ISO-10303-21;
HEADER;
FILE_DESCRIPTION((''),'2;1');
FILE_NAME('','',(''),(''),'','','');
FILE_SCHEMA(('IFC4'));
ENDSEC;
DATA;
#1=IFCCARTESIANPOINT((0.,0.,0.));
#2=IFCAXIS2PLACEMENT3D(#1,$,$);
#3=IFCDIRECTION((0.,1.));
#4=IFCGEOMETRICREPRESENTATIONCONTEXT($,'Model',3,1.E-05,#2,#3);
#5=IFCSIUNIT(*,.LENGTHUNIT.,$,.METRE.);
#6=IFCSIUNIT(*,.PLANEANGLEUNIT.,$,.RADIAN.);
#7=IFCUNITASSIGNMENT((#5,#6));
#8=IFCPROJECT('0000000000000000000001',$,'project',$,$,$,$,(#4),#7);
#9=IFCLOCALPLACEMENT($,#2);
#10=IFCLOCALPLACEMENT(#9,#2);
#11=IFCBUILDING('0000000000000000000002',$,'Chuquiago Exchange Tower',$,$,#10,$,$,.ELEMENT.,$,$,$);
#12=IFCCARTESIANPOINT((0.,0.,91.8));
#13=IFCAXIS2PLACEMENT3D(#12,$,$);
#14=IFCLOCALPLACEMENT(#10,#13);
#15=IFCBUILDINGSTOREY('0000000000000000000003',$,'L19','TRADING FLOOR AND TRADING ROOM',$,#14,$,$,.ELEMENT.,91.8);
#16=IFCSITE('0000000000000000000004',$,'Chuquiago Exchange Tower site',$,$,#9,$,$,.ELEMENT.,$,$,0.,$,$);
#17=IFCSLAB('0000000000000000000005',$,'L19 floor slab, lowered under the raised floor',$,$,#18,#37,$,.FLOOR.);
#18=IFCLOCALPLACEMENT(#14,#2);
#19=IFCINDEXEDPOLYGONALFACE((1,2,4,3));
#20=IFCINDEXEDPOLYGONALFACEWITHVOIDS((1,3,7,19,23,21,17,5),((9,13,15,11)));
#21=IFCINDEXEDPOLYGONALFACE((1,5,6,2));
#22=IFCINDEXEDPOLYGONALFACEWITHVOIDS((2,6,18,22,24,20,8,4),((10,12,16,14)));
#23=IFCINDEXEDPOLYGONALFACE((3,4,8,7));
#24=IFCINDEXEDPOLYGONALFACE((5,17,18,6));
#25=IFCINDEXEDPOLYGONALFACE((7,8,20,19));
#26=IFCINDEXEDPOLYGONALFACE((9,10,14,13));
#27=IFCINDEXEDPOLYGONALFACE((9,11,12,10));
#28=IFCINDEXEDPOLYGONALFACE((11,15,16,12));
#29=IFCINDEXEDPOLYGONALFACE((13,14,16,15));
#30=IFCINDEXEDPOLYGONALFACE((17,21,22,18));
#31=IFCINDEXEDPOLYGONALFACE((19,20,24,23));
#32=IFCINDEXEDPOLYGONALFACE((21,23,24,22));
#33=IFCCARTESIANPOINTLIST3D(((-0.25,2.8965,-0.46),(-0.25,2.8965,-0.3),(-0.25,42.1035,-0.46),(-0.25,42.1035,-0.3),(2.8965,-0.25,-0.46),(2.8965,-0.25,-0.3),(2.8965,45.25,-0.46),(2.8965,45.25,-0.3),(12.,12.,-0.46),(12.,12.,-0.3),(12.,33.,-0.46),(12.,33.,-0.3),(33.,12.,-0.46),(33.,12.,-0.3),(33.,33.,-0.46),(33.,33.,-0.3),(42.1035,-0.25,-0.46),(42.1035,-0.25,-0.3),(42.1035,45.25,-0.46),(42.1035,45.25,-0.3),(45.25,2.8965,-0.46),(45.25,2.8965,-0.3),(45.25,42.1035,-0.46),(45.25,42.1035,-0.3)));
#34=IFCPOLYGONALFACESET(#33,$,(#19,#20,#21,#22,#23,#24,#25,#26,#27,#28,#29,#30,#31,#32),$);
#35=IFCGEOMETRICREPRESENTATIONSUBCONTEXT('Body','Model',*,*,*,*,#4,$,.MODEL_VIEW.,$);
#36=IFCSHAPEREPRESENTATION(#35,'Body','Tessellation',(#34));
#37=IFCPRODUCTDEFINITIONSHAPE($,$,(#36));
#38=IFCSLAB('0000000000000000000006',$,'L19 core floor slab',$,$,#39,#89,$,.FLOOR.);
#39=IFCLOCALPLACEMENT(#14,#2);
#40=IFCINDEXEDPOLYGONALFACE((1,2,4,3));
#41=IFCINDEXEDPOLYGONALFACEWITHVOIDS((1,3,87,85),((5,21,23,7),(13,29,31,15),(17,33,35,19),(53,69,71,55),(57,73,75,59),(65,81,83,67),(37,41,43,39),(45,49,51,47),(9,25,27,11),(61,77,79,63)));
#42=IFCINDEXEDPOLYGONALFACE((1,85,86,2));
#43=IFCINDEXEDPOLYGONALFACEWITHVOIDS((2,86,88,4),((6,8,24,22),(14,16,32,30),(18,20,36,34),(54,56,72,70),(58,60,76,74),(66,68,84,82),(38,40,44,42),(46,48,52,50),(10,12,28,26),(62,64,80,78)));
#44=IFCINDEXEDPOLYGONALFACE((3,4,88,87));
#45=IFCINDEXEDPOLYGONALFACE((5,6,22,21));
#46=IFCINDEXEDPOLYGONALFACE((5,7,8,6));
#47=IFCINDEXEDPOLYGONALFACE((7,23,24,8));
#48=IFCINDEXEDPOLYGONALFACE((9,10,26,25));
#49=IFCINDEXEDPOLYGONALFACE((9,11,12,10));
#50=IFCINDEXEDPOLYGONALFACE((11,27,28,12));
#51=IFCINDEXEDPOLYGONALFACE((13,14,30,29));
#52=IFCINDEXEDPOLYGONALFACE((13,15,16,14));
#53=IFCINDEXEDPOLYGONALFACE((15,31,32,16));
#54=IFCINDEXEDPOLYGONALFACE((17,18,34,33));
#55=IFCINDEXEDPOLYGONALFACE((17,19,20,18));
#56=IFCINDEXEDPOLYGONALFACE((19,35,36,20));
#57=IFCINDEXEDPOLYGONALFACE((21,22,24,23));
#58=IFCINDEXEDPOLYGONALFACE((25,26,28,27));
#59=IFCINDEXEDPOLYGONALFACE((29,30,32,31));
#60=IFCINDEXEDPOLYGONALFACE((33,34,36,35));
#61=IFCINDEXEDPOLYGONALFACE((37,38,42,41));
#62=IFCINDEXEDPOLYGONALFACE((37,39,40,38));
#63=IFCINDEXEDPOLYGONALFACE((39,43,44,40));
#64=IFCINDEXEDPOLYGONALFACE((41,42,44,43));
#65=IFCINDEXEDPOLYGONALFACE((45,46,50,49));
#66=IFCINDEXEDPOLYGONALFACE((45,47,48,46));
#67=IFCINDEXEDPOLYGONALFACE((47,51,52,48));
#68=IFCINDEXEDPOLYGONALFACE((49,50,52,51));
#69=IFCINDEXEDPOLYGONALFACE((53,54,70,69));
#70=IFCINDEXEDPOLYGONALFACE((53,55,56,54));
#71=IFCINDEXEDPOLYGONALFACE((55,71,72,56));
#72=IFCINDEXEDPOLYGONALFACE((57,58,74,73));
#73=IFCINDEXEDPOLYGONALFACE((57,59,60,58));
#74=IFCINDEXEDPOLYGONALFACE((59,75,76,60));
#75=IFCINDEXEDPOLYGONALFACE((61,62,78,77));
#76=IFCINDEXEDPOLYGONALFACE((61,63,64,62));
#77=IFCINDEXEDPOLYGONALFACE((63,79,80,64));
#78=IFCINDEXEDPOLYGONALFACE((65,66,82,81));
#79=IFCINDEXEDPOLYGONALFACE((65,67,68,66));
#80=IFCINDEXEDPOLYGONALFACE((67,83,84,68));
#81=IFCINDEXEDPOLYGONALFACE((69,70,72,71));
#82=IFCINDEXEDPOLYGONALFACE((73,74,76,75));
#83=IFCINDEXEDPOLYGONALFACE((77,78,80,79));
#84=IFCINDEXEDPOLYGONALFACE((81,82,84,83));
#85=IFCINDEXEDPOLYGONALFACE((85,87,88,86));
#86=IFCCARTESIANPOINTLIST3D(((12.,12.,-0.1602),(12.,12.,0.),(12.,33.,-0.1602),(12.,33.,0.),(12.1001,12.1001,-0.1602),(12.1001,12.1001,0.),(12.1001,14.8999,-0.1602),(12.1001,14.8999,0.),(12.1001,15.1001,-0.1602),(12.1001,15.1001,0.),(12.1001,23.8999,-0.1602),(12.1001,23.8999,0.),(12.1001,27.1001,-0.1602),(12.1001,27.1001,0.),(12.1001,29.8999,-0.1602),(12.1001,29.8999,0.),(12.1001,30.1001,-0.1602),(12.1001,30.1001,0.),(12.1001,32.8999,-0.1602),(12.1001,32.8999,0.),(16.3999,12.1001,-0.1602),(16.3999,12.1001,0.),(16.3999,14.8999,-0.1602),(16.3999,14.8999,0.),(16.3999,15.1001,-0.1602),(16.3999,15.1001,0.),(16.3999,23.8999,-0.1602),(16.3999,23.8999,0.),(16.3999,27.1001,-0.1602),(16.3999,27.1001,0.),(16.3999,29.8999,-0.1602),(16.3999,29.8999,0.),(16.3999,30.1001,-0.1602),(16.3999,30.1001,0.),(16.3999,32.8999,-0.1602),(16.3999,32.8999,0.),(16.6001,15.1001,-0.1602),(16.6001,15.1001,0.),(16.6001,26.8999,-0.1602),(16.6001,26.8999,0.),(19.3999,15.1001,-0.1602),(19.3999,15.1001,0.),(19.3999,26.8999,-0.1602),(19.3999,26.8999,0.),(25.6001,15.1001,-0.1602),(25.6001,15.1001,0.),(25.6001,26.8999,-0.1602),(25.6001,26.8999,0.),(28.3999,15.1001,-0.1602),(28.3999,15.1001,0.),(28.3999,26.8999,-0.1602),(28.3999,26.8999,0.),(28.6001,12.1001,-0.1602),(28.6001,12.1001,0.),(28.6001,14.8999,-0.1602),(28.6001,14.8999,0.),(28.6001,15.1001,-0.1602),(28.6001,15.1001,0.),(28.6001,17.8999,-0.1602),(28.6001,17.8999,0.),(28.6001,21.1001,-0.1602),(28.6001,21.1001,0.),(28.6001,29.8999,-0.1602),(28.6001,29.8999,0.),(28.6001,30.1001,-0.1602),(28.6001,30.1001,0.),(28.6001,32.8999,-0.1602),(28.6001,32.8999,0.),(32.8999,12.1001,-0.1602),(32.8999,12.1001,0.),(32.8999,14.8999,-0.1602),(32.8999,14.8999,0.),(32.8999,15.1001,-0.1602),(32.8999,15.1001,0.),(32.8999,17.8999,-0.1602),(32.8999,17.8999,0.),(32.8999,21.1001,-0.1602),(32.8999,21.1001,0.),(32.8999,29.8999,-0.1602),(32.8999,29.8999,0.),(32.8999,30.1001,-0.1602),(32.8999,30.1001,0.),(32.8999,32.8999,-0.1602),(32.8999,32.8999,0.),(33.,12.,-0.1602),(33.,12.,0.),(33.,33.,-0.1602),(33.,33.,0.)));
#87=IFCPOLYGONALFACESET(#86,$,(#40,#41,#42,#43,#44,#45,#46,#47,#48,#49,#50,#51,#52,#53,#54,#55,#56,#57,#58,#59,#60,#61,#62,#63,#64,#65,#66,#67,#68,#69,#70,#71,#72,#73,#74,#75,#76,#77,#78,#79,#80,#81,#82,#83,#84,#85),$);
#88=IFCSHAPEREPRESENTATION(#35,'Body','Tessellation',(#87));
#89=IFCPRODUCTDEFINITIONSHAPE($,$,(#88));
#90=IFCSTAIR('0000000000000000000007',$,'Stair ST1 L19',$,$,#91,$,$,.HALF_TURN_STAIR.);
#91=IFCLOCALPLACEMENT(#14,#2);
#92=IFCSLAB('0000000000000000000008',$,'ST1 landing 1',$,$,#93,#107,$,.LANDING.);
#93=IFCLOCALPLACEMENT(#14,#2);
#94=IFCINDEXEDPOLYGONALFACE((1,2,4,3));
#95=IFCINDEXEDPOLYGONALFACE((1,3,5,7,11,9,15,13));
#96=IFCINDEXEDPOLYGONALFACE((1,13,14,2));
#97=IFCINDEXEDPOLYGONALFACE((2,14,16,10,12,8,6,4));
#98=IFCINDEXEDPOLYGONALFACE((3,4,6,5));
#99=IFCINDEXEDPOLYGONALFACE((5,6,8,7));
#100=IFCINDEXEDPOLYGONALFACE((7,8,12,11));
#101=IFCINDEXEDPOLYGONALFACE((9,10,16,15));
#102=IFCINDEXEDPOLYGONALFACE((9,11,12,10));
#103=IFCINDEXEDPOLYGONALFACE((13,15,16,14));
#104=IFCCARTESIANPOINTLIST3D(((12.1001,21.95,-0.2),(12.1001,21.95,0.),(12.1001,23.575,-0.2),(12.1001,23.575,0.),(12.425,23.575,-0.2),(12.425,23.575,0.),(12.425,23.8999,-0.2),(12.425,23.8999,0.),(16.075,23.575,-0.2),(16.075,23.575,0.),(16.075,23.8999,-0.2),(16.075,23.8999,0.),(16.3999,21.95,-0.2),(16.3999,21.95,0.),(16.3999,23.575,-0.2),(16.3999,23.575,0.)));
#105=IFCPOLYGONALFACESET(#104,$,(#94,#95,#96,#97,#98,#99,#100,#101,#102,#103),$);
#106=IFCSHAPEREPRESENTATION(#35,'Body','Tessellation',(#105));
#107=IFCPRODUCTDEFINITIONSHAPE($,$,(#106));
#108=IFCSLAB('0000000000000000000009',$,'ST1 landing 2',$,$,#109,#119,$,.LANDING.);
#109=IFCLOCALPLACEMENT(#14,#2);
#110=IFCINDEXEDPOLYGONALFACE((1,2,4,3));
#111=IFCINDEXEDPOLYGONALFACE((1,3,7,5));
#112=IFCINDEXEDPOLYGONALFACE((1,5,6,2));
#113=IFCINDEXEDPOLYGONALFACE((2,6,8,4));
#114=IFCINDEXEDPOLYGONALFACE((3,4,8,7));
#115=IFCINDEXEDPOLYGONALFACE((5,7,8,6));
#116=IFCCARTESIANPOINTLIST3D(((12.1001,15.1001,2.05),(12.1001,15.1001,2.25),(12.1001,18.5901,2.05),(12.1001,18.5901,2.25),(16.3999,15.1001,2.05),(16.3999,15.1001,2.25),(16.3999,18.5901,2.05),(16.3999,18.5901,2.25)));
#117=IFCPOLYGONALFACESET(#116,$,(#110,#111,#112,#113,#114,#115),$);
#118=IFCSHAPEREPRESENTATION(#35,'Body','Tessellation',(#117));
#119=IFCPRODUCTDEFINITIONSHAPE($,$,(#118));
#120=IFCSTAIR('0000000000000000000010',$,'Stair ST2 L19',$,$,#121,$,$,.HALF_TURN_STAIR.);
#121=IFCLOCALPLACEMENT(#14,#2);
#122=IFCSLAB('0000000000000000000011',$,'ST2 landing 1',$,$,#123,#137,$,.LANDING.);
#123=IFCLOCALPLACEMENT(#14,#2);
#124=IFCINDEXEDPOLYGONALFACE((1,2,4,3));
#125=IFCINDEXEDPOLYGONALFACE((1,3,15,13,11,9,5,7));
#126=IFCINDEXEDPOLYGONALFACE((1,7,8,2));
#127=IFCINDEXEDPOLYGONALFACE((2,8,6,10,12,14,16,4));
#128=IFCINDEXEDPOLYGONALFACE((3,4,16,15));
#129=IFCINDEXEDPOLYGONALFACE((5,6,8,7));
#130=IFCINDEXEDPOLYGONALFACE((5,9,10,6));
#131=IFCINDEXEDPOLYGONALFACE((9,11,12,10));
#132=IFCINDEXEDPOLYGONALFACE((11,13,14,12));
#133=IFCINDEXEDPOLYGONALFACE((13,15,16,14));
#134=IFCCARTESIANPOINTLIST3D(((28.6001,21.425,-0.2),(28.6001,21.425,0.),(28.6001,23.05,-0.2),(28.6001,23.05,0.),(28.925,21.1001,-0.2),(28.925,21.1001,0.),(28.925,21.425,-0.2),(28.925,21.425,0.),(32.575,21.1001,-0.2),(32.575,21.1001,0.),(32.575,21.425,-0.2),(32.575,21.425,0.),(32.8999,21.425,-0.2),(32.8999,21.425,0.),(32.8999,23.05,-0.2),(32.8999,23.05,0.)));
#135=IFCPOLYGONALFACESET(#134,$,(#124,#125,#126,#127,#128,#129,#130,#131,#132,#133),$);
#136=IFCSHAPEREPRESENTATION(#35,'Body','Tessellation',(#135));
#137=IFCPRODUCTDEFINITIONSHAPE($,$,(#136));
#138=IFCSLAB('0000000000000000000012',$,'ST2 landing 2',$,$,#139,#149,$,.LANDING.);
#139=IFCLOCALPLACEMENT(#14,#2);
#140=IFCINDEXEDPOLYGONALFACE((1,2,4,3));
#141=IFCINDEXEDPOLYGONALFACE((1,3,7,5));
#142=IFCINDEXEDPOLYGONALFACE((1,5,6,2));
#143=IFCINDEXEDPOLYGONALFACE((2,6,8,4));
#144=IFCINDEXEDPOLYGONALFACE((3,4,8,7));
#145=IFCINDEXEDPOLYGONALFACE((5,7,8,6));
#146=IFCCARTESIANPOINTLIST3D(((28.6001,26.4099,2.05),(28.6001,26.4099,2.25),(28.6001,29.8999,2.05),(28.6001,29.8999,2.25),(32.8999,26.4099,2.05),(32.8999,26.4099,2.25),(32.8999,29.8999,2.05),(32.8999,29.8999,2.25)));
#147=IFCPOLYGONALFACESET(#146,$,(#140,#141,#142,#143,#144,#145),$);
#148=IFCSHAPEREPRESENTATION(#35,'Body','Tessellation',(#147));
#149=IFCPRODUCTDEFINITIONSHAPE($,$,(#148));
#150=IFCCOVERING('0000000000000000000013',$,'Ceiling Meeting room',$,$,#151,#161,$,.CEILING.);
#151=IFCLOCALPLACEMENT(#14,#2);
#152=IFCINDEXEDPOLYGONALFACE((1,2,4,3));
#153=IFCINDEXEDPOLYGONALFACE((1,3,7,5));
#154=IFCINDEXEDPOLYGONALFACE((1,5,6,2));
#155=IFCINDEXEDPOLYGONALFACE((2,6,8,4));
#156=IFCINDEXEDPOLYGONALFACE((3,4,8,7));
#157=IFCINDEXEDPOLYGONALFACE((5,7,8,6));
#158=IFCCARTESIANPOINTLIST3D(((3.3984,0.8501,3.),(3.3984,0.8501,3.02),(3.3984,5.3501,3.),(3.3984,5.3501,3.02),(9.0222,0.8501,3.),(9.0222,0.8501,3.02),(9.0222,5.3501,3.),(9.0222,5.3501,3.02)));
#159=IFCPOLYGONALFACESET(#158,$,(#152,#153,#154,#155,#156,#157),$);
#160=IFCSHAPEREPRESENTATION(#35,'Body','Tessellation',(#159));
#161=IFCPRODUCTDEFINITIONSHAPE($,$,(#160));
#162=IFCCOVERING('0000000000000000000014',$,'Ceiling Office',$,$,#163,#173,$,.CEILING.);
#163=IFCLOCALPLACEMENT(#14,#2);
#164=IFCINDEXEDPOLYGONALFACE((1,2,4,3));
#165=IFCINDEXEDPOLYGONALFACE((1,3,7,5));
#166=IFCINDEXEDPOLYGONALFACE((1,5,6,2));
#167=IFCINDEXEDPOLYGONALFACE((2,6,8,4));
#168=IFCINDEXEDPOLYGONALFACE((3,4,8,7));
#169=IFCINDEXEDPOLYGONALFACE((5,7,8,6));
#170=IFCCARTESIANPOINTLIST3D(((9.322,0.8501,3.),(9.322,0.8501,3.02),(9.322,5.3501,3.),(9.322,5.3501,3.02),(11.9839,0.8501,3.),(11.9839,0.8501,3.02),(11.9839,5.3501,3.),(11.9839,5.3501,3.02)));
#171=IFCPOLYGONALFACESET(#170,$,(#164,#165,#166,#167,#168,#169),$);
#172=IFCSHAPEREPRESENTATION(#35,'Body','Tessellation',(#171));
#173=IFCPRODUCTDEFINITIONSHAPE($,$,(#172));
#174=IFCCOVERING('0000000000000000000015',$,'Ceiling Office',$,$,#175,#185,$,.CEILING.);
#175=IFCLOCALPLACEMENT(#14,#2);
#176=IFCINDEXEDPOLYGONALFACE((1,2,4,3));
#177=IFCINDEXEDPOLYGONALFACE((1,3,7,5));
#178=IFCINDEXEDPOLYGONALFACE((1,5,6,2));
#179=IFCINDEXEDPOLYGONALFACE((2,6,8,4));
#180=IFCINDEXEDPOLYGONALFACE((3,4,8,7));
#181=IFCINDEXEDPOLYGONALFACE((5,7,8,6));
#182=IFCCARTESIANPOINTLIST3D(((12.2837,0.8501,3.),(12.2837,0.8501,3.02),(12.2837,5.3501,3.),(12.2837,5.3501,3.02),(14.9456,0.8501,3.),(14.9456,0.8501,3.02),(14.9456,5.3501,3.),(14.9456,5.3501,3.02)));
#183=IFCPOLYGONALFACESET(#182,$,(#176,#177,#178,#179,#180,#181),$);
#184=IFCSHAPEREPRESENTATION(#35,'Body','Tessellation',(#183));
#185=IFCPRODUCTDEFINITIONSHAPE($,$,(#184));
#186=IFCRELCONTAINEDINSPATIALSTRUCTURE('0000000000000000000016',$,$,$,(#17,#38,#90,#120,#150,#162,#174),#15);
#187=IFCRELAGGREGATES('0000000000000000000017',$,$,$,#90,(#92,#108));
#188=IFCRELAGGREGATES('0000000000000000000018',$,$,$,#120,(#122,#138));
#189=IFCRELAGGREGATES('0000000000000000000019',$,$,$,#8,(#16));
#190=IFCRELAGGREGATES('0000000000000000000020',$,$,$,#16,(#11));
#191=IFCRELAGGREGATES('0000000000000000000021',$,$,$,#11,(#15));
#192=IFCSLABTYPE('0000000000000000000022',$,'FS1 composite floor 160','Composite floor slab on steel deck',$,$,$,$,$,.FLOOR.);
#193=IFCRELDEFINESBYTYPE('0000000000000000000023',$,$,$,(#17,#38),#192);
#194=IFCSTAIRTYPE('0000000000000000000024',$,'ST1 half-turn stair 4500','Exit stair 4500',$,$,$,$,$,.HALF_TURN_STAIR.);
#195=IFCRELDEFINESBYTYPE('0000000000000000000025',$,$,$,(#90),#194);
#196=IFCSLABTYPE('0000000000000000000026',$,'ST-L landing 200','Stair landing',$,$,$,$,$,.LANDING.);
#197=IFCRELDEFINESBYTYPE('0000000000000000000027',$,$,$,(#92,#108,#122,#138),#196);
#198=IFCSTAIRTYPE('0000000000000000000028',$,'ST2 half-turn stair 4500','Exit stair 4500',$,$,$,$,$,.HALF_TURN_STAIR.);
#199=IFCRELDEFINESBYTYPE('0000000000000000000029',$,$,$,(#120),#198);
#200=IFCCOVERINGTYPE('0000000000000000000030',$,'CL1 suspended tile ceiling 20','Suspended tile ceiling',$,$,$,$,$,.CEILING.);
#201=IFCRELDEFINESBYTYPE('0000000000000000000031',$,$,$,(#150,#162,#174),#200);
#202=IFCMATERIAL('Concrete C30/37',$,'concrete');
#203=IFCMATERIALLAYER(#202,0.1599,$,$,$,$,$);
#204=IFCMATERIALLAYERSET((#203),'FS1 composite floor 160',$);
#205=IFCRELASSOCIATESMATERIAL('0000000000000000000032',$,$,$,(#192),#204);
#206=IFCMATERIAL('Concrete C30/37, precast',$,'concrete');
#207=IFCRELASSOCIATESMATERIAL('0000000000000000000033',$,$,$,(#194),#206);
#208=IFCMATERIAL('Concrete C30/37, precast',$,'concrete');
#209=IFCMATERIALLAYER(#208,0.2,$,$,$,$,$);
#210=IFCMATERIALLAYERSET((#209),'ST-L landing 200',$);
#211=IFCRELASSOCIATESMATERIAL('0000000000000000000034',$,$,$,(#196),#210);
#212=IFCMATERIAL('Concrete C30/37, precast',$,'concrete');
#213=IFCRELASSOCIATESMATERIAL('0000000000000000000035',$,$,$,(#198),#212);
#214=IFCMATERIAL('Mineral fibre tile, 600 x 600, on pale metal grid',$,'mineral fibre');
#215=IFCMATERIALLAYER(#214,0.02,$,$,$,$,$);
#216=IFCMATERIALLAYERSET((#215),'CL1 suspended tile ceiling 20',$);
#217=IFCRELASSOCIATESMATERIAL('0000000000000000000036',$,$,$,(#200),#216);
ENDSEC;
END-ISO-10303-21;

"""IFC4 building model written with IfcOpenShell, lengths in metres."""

from ifc_helpers import new_model, si_unit, direction, frame, origin, place, context, subcontext, project, spatial, polyline, outline, extrude, material, layer, layer_set, type_object, element, aggregate, save


model = new_model("IFC4")

# Units and contexts
model_context = context("Model", 3, precision=1e-05, world=origin(), true_north=direction((0.0, 1.0)))
body_context = subcontext(model_context, "Body", "Model", "MODEL_VIEW")
ifc_project = project(units=[si_unit("LENGTHUNIT", "METRE"), si_unit("PLANEANGLEUNIT", "RADIAN")], contexts=[model_context])

# Site, building, storey
site_placement = place(None, origin())
site = spatial("IfcSite", under=ifc_project, at=site_placement, Name="Chuquiago Exchange Tower site", CompositionType="ELEMENT", RefElevation=0.0)
building_placement = place(site_placement, origin())
building = spatial("IfcBuilding", under=site, at=building_placement, Name="Chuquiago Exchange Tower", CompositionType="ELEMENT")
storey_placement = place(building_placement, frame((0.0, 0.0, 91.8)))
storey = spatial("IfcBuildingStorey", under=building, at=storey_placement, Name="L19", Description="TRADING FLOOR AND TRADING ROOM", CompositionType="ELEMENT", Elevation=91.8)

# Slabs
ifc_material_1 = material(Name="Concrete C30/37", Category="concrete")
ifc_layer_1 = layer(ifc_material_1, 0.1599)
ifc_layer_set_1 = layer_set([ifc_layer_1], Name="FS1 composite floor 160")
slab_type_1 = type_object("IfcSlabType", Name="FS1 composite floor 160", Description="Composite floor slab on steel deck", PredefinedType="FLOOR", material=ifc_layer_set_1)
slab_1_placement = place(storey_placement, frame((0.0, 0.0, -0.46)))
element("IfcSlab", 1, at=slab_1_placement, inside=storey, type_object=slab_type_1, Name="L19 floor slab, lowered under the raised floor", PredefinedType="FLOOR", context=body_context, shape_type="SweptSolid", body=[
    extrude(outline(polyline([(-0.25, 2.8965), (-0.25, 42.1035), (2.8965, 45.25), (42.1035, 45.25), (45.25, 42.1035), (45.25, 2.8965), (42.1035, -0.25), (2.8965, -0.25), (-0.25, 2.8965)]), holes=[polyline([(33.0, 33.0), (12.0, 33.0), (12.0, 12.0), (33.0, 12.0), (33.0, 33.0)])]), origin(), (0.0, 0.0, 1.0), 0.1599),
])
slab_2_placement = place(storey_placement, frame((0.0, 0.0, -0.1602)))
element("IfcSlab", 2, at=slab_2_placement, inside=storey, type_object=slab_type_1, Name="L19 core floor slab", PredefinedType="FLOOR", context=body_context, shape_type="SweptSolid", body=[
    extrude(outline(polyline([(33.0, 12.0), (33.0, 33.0), (12.0, 33.0), (12.0, 12.0), (33.0, 12.0)]), holes=[polyline([(16.3999, 15.1001), (12.1001, 15.1001), (12.1001, 23.8999), (16.3999, 23.8999), (16.3999, 15.1001)]), polyline([(32.8999, 21.1001), (28.6001, 21.1001), (28.6001, 29.8999), (32.8999, 29.8999), (32.8999, 21.1001)]), polyline([(16.3999, 12.1001), (12.1001, 12.1001), (12.1001, 14.8999), (16.3999, 14.8999), (16.3999, 12.1001)]), polyline([(16.3999, 30.1001), (12.1001, 30.1001), (12.1001, 32.8999), (16.3999, 32.8999), (16.3999, 30.1001)]), polyline([(32.8999, 12.1001), (28.6001, 12.1001), (28.6001, 14.8999), (32.8999, 14.8999), (32.8999, 12.1001)]), polyline([(32.8999, 30.1001), (28.6001, 30.1001), (28.6001, 32.8999), (32.8999, 32.8999), (32.8999, 30.1001)]), polyline([(16.3999, 27.1001), (12.1001, 27.1001), (12.1001, 29.8999), (16.3999, 29.8999), (16.3999, 27.1001)]), polyline([(32.8999, 15.1001), (28.6001, 15.1001), (28.6001, 17.8999), (32.8999, 17.8999), (32.8999, 15.1001)]), polyline([(19.3999, 15.1001), (16.6001, 15.1001), (16.6001, 26.8999), (19.3999, 26.8999), (19.3999, 15.1001)]), polyline([(28.3999, 15.1001), (25.6001, 15.1001), (25.6001, 26.8999), (28.3999, 26.8999), (28.3999, 15.1001)])]), origin(), (0.0, 0.0, 1.0), 0.1602),
])

# Stairs, slabs
ifc_material_2 = material(Name="Concrete C30/37, precast", Category="concrete")
stair_type_1 = type_object("IfcStairType", Name="ST1 half-turn stair 4500", Description="Exit stair 4500", PredefinedType="HALF_TURN_STAIR", material=ifc_material_2)
stair_1_placement = place(storey_placement, origin())
stair_1 = element("IfcStair", 3, at=stair_1_placement, inside=storey, type_object=stair_type_1, Name="Stair ST1 L19", PredefinedType="HALF_TURN_STAIR")
ifc_material_3 = material(Name="Concrete C30/37, precast", Category="concrete")
ifc_layer_2 = layer(ifc_material_3, 0.2)
ifc_layer_set_2 = layer_set([ifc_layer_2], Name="ST-L landing 200")
slab_type_2 = type_object("IfcSlabType", Name="ST-L landing 200", Description="Stair landing", PredefinedType="LANDING", material=ifc_layer_set_2)
slab_3_placement = place(storey_placement, frame((0.0, 0.0, -0.2)))
slab_3 = element("IfcSlab", 4, at=slab_3_placement, type_object=slab_type_2, Name="ST1 landing 1", PredefinedType="LANDING", context=body_context, shape_type="SweptSolid", body=[
    extrude(outline(polyline([(12.425, 23.8999), (16.075, 23.8999), (16.075, 23.575), (16.3999, 23.575), (16.3999, 21.95), (12.1001, 21.95), (12.1001, 23.575), (12.425, 23.575), (12.425, 23.8999)])), origin(), (0.0, 0.0, 1.0), 0.2),
])
slab_4_placement = place(storey_placement, frame((0.0, 0.0, 2.05)))
slab_4 = element("IfcSlab", 5, at=slab_4_placement, type_object=slab_type_2, Name="ST1 landing 2", PredefinedType="LANDING", context=body_context, shape_type="SweptSolid", body=[
    extrude(outline(polyline([(12.1001, 18.5901), (16.3999, 18.5901), (16.3999, 15.1001), (12.1001, 15.1001), (12.1001, 18.5901)])), origin(), (0.0, 0.0, 1.0), 0.2),
])
aggregate(stair_1, [slab_3, slab_4])
ifc_material_4 = material(Name="Concrete C30/37, precast", Category="concrete")
stair_type_2 = type_object("IfcStairType", Name="ST2 half-turn stair 4500", Description="Exit stair 4500", PredefinedType="HALF_TURN_STAIR", material=ifc_material_4)
stair_2_placement = place(storey_placement, origin())
stair_2 = element("IfcStair", 6, at=stair_2_placement, inside=storey, type_object=stair_type_2, Name="Stair ST2 L19", PredefinedType="HALF_TURN_STAIR")
slab_5_placement = place(storey_placement, frame((0.0, 0.0, -0.2)))
slab_5 = element("IfcSlab", 7, at=slab_5_placement, type_object=slab_type_2, Name="ST2 landing 1", PredefinedType="LANDING", context=body_context, shape_type="SweptSolid", body=[
    extrude(outline(polyline([(32.575, 21.425), (32.575, 21.1001), (28.925, 21.1001), (28.925, 21.425), (28.6001, 21.425), (28.6001, 23.05), (32.8999, 23.05), (32.8999, 21.425), (32.575, 21.425)])), origin(), (0.0, 0.0, 1.0), 0.2),
])
slab_6_placement = place(storey_placement, frame((0.0, 0.0, 2.05)))
slab_6 = element("IfcSlab", 8, at=slab_6_placement, type_object=slab_type_2, Name="ST2 landing 2", PredefinedType="LANDING", context=body_context, shape_type="SweptSolid", body=[
    extrude(outline(polyline([(28.6001, 29.8999), (32.8999, 29.8999), (32.8999, 26.4099), (28.6001, 26.4099), (28.6001, 29.8999)])), origin(), (0.0, 0.0, 1.0), 0.2),
])
aggregate(stair_2, [slab_5, slab_6])

# Coverings
ifc_material_5 = material(Name="Mineral fibre tile, 600 x 600, on pale metal grid", Category="mineral fibre")
ifc_layer_3 = layer(ifc_material_5, 0.02)
ifc_layer_set_3 = layer_set([ifc_layer_3], Name="CL1 suspended tile ceiling 20")
covering_type_1 = type_object("IfcCoveringType", Name="CL1 suspended tile ceiling 20", Description="Suspended tile ceiling", PredefinedType="CEILING", material=ifc_layer_set_3)
covering_1_placement = place(storey_placement, frame((0.0, 0.0, 3.0)))
element("IfcCovering", 9, at=covering_1_placement, inside=storey, type_object=covering_type_1, Name="Ceiling Meeting room", PredefinedType="CEILING", context=body_context, shape_type="SweptSolid", body=[
    extrude(outline(polyline([(3.3984, 5.3501), (9.0222, 5.3501), (9.0222, 0.8501), (3.3984, 0.8501), (3.3984, 5.3501)])), origin(), (0.0, 0.0, 1.0), 0.02),
])
covering_2_placement = place(storey_placement, frame((0.0, 0.0, 3.0)))
element("IfcCovering", 10, at=covering_2_placement, inside=storey, type_object=covering_type_1, Name="Ceiling Office", PredefinedType="CEILING", context=body_context, shape_type="SweptSolid", body=[
    extrude(outline(polyline([(9.322, 5.3501), (11.9839, 5.3501), (11.9839, 0.8501), (9.322, 0.8501), (9.322, 5.3501)])), origin(), (0.0, 0.0, 1.0), 0.02),
])
covering_3_placement = place(storey_placement, frame((0.0, 0.0, 3.0)))
element("IfcCovering", 11, at=covering_3_placement, inside=storey, type_object=covering_type_1, Name="Ceiling Office", PredefinedType="CEILING", context=body_context, shape_type="SweptSolid", body=[
    extrude(outline(polyline([(12.2837, 5.3501), (14.9456, 5.3501), (14.9456, 0.8501), (12.2837, 0.8501), (12.2837, 5.3501)])), origin(), (0.0, 0.0, 1.0), 0.02),
])

save(model, "model.ifc")
